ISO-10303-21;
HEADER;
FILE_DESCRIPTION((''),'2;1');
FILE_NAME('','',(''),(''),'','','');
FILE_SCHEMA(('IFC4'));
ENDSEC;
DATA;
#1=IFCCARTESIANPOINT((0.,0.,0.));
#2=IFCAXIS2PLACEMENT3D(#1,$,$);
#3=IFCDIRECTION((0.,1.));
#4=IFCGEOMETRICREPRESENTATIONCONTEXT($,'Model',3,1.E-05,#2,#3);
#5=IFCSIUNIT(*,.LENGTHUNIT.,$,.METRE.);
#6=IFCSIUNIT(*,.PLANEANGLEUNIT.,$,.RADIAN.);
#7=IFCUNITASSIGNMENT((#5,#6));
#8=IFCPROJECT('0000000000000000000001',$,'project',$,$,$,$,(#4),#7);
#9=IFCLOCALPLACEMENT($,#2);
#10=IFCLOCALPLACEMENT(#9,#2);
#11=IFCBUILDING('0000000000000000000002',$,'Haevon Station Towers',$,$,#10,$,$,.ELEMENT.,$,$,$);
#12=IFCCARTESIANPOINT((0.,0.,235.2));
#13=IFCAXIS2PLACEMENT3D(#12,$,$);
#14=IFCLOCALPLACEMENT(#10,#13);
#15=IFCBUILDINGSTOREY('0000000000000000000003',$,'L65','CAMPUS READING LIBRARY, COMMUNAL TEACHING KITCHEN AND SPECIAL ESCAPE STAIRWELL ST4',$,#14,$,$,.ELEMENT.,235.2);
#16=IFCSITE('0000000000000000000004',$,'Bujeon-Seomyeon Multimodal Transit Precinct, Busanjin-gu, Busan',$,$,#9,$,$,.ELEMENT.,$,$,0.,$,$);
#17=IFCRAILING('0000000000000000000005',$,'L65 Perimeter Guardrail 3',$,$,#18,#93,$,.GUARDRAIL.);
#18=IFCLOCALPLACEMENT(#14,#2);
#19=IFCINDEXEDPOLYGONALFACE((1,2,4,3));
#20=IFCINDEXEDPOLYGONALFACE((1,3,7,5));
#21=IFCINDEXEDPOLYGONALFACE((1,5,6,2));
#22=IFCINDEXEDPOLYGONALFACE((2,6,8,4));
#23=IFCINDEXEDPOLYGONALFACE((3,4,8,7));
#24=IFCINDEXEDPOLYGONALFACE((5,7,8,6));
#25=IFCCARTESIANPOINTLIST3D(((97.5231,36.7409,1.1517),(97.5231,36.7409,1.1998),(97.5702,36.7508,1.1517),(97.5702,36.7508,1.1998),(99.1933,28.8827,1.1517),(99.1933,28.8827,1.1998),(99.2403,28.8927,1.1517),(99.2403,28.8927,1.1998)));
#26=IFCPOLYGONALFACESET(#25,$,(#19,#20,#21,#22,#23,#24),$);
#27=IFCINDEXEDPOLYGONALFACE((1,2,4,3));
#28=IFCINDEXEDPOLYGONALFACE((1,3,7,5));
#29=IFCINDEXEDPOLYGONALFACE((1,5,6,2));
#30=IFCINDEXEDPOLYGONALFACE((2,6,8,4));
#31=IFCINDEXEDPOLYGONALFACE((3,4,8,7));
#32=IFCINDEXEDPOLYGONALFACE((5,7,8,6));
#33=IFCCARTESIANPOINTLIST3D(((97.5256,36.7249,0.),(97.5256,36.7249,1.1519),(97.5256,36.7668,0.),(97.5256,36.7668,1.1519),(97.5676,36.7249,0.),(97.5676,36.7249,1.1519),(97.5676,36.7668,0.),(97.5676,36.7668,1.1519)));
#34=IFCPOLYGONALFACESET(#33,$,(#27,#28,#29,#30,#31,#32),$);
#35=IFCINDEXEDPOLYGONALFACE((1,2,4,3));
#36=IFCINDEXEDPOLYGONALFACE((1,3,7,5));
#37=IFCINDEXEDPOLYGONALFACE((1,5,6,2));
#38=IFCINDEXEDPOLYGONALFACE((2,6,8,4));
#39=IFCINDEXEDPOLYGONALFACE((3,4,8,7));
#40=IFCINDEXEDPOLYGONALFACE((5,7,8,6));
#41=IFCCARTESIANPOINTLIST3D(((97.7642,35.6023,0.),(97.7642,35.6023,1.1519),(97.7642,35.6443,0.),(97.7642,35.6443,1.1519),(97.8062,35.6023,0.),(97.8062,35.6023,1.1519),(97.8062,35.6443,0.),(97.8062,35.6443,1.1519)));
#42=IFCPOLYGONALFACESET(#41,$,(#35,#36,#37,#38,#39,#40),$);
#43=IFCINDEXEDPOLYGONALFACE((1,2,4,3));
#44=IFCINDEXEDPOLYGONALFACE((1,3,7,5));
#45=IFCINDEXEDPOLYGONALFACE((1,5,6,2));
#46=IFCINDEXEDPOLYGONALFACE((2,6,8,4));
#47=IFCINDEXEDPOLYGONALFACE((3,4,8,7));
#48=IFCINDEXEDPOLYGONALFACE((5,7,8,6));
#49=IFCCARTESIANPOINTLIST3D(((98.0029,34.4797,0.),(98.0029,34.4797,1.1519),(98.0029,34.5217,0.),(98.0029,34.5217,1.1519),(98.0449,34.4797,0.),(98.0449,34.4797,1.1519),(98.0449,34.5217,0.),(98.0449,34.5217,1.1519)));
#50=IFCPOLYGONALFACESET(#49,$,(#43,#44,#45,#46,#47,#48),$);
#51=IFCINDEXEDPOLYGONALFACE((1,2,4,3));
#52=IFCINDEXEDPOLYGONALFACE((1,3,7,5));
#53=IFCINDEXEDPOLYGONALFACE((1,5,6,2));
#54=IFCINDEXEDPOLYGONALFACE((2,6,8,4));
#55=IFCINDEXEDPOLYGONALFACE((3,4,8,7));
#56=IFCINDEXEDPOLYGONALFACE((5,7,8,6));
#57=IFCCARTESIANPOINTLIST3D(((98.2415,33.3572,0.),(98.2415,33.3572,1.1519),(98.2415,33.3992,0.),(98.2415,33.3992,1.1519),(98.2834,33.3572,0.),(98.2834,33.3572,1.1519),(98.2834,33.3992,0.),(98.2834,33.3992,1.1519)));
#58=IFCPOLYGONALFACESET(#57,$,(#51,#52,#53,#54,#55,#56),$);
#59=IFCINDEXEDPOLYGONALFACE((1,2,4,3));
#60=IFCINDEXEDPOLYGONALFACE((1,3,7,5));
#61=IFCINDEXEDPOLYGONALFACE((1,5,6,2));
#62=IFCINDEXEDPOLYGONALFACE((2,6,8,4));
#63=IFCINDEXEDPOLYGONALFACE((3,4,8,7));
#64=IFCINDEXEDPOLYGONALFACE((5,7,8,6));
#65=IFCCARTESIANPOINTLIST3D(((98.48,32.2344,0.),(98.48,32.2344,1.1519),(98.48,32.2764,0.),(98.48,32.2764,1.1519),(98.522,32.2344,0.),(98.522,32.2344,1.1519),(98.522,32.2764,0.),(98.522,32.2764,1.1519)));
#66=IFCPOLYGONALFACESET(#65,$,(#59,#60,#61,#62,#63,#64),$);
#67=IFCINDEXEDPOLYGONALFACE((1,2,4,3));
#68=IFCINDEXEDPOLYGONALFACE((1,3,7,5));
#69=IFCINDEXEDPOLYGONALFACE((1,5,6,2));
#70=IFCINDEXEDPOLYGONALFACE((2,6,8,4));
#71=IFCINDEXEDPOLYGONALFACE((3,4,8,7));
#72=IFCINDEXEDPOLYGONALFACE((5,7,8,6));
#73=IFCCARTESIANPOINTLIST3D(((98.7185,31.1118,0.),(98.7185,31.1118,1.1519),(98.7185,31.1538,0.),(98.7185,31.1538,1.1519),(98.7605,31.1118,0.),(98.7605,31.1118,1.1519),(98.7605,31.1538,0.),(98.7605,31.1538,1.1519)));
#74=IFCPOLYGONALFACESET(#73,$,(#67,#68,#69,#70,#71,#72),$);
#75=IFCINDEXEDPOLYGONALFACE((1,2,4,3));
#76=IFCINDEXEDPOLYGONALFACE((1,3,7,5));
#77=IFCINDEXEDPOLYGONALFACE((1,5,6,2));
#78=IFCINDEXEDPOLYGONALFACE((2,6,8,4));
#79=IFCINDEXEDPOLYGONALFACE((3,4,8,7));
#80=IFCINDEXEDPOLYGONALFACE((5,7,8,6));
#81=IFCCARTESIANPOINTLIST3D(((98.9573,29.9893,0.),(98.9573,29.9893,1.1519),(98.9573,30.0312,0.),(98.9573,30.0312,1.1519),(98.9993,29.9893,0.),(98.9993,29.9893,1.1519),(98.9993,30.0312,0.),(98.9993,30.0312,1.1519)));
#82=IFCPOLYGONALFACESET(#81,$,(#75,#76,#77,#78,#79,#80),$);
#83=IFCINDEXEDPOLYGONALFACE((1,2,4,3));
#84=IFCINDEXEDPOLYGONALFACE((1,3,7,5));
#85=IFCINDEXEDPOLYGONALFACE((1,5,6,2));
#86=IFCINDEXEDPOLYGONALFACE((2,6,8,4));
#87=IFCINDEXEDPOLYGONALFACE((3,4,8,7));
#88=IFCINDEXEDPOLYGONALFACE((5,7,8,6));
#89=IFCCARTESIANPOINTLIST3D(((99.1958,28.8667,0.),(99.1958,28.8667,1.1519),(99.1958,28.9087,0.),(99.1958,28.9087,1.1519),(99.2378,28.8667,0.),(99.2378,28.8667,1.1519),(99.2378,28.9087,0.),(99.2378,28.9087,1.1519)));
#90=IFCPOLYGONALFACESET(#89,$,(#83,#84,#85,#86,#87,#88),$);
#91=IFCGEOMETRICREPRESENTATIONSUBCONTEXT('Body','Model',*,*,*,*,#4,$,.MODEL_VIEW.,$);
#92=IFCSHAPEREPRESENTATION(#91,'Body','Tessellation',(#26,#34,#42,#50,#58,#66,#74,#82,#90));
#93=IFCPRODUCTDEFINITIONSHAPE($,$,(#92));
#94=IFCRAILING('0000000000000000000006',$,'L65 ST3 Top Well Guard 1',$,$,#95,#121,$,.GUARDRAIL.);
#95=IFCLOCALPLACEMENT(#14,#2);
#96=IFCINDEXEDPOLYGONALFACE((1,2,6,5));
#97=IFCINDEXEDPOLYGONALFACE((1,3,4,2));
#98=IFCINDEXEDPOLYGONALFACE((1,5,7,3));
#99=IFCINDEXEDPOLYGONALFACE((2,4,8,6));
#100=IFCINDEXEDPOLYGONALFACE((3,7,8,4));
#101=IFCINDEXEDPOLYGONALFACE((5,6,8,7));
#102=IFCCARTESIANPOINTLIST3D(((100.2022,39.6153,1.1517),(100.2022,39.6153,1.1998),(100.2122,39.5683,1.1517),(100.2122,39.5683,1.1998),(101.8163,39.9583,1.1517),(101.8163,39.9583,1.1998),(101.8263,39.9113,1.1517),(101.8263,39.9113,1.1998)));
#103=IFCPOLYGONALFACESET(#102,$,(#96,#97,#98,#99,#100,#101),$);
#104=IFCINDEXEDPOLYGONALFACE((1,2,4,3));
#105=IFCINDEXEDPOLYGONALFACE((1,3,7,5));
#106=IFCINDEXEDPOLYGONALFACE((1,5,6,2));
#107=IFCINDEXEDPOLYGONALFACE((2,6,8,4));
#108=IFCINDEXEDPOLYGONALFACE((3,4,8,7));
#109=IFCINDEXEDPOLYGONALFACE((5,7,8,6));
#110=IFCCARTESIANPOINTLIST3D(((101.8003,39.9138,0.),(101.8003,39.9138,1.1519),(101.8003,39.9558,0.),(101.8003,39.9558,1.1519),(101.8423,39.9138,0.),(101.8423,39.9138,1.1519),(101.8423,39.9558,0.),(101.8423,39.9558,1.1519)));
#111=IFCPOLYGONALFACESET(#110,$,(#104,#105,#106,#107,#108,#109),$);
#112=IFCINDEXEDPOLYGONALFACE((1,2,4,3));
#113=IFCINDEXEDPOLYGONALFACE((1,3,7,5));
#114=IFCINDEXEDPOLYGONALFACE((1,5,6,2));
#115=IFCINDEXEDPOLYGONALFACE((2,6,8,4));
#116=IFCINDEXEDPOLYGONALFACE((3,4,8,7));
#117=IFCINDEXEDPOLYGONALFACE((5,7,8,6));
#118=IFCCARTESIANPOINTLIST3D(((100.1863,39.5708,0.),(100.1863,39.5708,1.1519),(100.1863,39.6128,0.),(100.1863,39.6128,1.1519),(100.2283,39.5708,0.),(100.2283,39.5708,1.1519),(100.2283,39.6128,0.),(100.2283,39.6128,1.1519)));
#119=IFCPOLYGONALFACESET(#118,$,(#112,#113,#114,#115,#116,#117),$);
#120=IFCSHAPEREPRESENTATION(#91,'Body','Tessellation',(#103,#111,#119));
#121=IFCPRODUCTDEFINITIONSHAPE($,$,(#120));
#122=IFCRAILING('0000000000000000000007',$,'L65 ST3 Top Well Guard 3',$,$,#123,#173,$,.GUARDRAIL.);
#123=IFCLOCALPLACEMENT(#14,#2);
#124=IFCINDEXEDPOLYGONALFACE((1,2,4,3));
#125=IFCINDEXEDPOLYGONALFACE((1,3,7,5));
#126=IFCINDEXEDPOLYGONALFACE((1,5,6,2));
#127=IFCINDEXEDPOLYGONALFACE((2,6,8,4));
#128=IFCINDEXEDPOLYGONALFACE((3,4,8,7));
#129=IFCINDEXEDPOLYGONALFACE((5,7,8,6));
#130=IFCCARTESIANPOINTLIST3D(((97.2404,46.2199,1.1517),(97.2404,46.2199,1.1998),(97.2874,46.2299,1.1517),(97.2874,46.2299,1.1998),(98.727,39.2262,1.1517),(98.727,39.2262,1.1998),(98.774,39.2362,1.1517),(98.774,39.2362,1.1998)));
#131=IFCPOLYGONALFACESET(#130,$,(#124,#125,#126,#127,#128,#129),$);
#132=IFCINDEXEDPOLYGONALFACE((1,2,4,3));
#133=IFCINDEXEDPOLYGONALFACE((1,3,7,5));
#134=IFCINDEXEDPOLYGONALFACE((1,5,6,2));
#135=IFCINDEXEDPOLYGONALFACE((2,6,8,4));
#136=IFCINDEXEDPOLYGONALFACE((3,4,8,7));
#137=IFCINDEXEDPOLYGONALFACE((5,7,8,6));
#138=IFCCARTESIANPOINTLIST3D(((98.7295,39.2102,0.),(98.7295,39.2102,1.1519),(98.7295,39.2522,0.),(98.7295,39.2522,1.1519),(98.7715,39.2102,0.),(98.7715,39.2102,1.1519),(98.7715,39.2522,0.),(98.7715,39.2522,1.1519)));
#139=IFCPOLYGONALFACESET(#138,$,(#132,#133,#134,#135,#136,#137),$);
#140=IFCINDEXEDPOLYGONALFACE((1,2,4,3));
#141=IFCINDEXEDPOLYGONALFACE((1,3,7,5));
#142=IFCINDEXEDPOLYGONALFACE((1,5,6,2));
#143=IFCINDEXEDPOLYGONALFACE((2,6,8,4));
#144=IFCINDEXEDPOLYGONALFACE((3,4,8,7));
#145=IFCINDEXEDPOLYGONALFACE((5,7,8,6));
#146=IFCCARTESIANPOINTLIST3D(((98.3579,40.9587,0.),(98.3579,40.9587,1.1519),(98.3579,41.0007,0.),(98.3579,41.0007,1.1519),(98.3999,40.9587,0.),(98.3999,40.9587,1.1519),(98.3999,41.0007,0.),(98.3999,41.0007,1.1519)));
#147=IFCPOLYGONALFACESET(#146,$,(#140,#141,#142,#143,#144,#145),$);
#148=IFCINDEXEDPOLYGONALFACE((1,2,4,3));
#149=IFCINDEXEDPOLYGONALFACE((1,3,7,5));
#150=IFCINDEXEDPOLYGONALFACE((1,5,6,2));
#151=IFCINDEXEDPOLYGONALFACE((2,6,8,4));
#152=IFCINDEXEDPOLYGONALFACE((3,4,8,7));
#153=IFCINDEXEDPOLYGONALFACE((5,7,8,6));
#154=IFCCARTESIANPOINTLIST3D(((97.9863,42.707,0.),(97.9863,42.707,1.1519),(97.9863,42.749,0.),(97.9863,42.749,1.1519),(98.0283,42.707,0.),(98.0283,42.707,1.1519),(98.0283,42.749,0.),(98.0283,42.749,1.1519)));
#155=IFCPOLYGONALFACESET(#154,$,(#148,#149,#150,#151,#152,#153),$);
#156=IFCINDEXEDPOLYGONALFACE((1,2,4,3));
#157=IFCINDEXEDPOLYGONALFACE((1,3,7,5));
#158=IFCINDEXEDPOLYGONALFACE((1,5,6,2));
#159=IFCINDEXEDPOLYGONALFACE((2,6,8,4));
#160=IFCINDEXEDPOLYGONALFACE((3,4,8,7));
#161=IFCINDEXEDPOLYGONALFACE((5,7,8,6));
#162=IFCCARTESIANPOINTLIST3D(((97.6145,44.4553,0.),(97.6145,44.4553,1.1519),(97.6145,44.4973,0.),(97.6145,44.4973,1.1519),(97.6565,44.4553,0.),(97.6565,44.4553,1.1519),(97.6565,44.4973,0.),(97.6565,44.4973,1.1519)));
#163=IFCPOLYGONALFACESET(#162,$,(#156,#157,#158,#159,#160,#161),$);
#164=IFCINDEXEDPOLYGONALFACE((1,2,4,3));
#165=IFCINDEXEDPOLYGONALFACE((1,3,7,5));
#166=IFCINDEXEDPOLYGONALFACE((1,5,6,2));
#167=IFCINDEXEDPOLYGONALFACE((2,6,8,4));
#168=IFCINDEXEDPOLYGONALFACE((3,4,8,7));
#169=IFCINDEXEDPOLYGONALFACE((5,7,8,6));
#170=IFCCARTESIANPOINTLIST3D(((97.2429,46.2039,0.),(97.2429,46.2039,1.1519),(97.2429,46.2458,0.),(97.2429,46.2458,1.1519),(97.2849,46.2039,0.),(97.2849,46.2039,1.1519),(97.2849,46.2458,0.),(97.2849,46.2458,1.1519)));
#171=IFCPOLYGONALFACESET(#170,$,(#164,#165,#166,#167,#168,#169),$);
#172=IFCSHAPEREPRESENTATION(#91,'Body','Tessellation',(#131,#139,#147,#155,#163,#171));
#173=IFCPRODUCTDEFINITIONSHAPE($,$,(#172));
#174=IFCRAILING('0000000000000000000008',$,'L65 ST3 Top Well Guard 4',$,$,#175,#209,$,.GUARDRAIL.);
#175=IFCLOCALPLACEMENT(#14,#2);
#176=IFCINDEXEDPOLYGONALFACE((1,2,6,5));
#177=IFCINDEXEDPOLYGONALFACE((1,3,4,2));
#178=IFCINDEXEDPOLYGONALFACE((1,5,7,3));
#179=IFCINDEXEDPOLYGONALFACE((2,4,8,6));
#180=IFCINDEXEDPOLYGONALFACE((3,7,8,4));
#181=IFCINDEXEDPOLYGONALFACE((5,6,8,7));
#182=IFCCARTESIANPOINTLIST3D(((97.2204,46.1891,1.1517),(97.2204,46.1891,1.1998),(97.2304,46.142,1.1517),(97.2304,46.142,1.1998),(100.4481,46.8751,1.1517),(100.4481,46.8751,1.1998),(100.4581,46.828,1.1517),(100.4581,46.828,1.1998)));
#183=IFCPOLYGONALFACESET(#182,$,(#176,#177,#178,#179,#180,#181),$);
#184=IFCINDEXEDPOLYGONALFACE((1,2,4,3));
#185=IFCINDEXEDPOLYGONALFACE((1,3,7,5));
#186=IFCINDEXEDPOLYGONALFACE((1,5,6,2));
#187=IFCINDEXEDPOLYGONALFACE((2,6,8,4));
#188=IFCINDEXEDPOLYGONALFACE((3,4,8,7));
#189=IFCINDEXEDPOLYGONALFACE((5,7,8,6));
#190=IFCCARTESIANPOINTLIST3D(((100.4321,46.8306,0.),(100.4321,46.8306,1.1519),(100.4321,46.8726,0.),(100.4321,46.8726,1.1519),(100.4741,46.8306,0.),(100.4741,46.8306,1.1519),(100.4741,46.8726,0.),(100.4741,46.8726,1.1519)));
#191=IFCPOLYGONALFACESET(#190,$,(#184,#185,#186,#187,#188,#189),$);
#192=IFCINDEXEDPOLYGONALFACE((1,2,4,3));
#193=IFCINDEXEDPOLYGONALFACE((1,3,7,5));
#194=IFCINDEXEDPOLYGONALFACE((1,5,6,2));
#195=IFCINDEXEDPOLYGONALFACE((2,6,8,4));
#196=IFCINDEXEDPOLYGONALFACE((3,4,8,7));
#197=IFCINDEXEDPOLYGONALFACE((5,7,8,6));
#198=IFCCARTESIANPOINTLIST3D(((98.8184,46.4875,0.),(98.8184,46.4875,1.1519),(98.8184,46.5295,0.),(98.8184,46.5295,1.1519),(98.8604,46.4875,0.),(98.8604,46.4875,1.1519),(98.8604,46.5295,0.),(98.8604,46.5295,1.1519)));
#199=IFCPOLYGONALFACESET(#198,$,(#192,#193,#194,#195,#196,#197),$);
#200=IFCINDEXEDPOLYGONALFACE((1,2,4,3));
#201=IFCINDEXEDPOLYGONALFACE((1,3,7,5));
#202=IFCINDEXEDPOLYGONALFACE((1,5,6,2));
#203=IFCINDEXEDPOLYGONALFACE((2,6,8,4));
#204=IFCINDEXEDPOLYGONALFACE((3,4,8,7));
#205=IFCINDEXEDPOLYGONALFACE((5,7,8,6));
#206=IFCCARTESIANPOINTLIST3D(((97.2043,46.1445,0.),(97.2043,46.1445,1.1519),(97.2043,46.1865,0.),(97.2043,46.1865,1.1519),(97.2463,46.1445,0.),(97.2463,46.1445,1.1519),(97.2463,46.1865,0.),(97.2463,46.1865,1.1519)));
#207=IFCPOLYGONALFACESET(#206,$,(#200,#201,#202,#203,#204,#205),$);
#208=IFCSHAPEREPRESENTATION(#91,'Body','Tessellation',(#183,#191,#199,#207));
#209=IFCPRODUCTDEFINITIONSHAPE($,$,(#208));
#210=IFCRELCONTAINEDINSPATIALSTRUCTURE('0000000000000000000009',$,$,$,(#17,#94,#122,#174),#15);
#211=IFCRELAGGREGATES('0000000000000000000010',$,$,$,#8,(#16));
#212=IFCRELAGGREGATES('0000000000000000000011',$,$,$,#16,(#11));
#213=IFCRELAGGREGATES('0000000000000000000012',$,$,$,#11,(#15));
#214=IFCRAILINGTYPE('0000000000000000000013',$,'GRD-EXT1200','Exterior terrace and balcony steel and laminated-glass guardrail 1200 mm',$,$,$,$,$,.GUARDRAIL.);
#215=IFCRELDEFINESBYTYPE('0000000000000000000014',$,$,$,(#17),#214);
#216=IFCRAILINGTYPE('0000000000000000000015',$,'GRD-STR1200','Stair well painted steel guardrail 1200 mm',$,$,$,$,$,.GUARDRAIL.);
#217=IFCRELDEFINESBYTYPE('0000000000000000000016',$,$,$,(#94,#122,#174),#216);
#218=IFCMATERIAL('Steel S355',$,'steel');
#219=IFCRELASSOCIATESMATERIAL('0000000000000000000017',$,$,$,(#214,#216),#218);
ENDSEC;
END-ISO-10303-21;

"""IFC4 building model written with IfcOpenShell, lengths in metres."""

from ifc_helpers import new_model, si_unit, direction, frame, origin, origin_2d, place, context, subcontext, project, spatial, rectangle, extrude, material, type_object, element, save


model = new_model("IFC4")

# Units and contexts
model_context = context("Model", 3, precision=1e-05, world=origin(), true_north=direction((0.0, 1.0)))
body_context = subcontext(model_context, "Body", "Model", "MODEL_VIEW")
ifc_project = project(units=[si_unit("LENGTHUNIT", "METRE"), si_unit("PLANEANGLEUNIT", "RADIAN")], contexts=[model_context])

# Site, building, storey
site_placement = place(None, origin())
site = spatial("IfcSite", under=ifc_project, at=site_placement, Name="Bujeon-Seomyeon Multimodal Transit Precinct, Busanjin-gu, Busan", CompositionType="ELEMENT", RefElevation=0.0)
building_placement = place(site_placement, origin())
building = spatial("IfcBuilding", under=site, at=building_placement, Name="Haevon Station Towers", CompositionType="ELEMENT")
storey_placement = place(building_placement, frame((0.0, 0.0, 235.2)))
storey = spatial("IfcBuildingStorey", under=building, at=storey_placement, Name="L65", Description="CAMPUS READING LIBRARY, COMMUNAL TEACHING KITCHEN AND SPECIAL ESCAPE STAIRWELL ST4", CompositionType="ELEMENT", Elevation=235.2)

# Shared definitions
ifc_material_1 = material(Name="Steel S355", Category="steel")

# Railings
railing_type_1 = type_object("IfcRailingType", Name="GRD-EXT1200", Description="Exterior terrace and balcony steel and laminated-glass guardrail 1200 mm", PredefinedType="GUARDRAIL", material=ifc_material_1)
railing_1_placement = place(storey_placement, frame((97.5466, 36.7458, 0.0)))
element("IfcRailing", 1, at=railing_1_placement, inside=storey, type_object=railing_type_1, Name="L65 Perimeter Guardrail 3", PredefinedType="GUARDRAIL", context=body_context, shape_type="SweptSolid", body=[
    extrude(rectangle(XDim=0.0481, YDim=0.0481, at=origin_2d()), frame((0.0, 0.0, 1.1758), z_axis=(0.207895, -0.978151, 0.0), x_axis=(0.978151, 0.207895, 0.0)), (0.0, 0.0, 1.0), 8.0337),
    extrude(rectangle(XDim=0.042, YDim=0.042, at=origin_2d()), origin(), (0.0, 0.0, 1.0), 1.1519),
    extrude(rectangle(XDim=0.042, YDim=0.042, at=origin_2d()), frame((0.2385, -1.1226, 0.0)), (0.0, 0.0, 1.0), 1.1519),
    extrude(rectangle(XDim=0.042, YDim=0.042, at=origin_2d()), frame((0.4773, -2.2451, 0.0)), (0.0, 0.0, 1.0), 1.1519),
    extrude(rectangle(XDim=0.042, YDim=0.042, at=origin_2d()), frame((0.7158, -3.3677, 0.0)), (0.0, 0.0, 1.0), 1.1519),
    extrude(rectangle(XDim=0.042, YDim=0.042, at=origin_2d()), frame((0.9543, -4.4905, 0.0)), (0.0, 0.0, 1.0), 1.1519),
    extrude(rectangle(XDim=0.042, YDim=0.042, at=origin_2d()), frame((1.1929, -5.613, 0.0)), (0.0, 0.0, 1.0), 1.1519),
    extrude(rectangle(XDim=0.042, YDim=0.042, at=origin_2d()), frame((1.4316, -6.7356, 0.0)), (0.0, 0.0, 1.0), 1.1519),
    extrude(rectangle(XDim=0.042, YDim=0.042, at=origin_2d()), frame((1.6702, -7.8582, 0.0)), (0.0, 0.0, 1.0), 1.1519),
])
railing_type_2 = type_object("IfcRailingType", Name="GRD-STR1200", Description="Stair well painted steel guardrail 1200 mm", PredefinedType="GUARDRAIL", material=ifc_material_1)
railing_2_placement = place(storey_placement, frame((101.8213, 39.9348, 0.0)))
element("IfcRailing", 2, at=railing_2_placement, inside=storey, type_object=railing_type_2, Name="L65 ST3 Top Well Guard 1", PredefinedType="GUARDRAIL", context=body_context, shape_type="SweptSolid", body=[
    extrude(rectangle(XDim=0.0481, YDim=0.0481, at=origin_2d()), frame((0.0, 0.0, 1.1758), z_axis=(-0.978154, -0.207882, 0.0), x_axis=(0.207882, -0.978154, 0.0)), (0.0, 0.0, 1.0), 1.6501),
    extrude(rectangle(XDim=0.042, YDim=0.042, at=origin_2d()), origin(), (0.0, 0.0, 1.0), 1.1519),
    extrude(rectangle(XDim=0.042, YDim=0.042, at=origin_2d()), frame((-1.614, -0.343, 0.0)), (0.0, 0.0, 1.0), 1.1519),
])
railing_3_placement = place(storey_placement, frame((98.7505, 39.2312, 0.0)))
element("IfcRailing", 3, at=railing_3_placement, inside=storey, type_object=railing_type_2, Name="L65 ST3 Top Well Guard 3", PredefinedType="GUARDRAIL", context=body_context, shape_type="SweptSolid", body=[
    extrude(rectangle(XDim=0.0481, YDim=0.0481, at=origin_2d()), frame((0.0, 0.0, 1.1758), z_axis=(-0.207915, 0.978147, 0.0), x_axis=(-0.978147, -0.207915, 0.0)), (0.0, 0.0, 1.0), 7.1499),
    extrude(rectangle(XDim=0.042, YDim=0.042, at=origin_2d()), origin(), (0.0, 0.0, 1.0), 1.1519),
    extrude(rectangle(XDim=0.042, YDim=0.042, at=origin_2d()), frame((-0.3716, 1.7485, 0.0)), (0.0, 0.0, 1.0), 1.1519),
    extrude(rectangle(XDim=0.042, YDim=0.042, at=origin_2d()), frame((-0.7432, 3.4968, 0.0)), (0.0, 0.0, 1.0), 1.1519),
    extrude(rectangle(XDim=0.042, YDim=0.042, at=origin_2d()), frame((-1.115, 5.2451, 0.0)), (0.0, 0.0, 1.0), 1.1519),
    extrude(rectangle(XDim=0.042, YDim=0.042, at=origin_2d()), frame((-1.4866, 6.9937, 0.0)), (0.0, 0.0, 1.0), 1.1519),
])
railing_4_placement = place(storey_placement, frame((100.4531, 46.8516, 0.0)))
element("IfcRailing", 4, at=railing_4_placement, inside=storey, type_object=railing_type_2, Name="L65 ST3 Top Well Guard 4", PredefinedType="GUARDRAIL", context=body_context, shape_type="SweptSolid", body=[
    extrude(rectangle(XDim=0.0481, YDim=0.0481, at=origin_2d()), frame((0.0, 0.0, 1.1758), z_axis=(-0.978151, -0.207897, 0.0), x_axis=(0.207897, -0.978151, 0.0)), (0.0, 0.0, 1.0), 3.2998),
    extrude(rectangle(XDim=0.042, YDim=0.042, at=origin_2d()), origin(), (0.0, 0.0, 1.0), 1.1519),
    extrude(rectangle(XDim=0.042, YDim=0.042, at=origin_2d()), frame((-1.6138, -0.343, 0.0)), (0.0, 0.0, 1.0), 1.1519),
    extrude(rectangle(XDim=0.042, YDim=0.042, at=origin_2d()), frame((-3.2278, -0.686, 0.0)), (0.0, 0.0, 1.0), 1.1519),
])

save(model, "model.ifc")
